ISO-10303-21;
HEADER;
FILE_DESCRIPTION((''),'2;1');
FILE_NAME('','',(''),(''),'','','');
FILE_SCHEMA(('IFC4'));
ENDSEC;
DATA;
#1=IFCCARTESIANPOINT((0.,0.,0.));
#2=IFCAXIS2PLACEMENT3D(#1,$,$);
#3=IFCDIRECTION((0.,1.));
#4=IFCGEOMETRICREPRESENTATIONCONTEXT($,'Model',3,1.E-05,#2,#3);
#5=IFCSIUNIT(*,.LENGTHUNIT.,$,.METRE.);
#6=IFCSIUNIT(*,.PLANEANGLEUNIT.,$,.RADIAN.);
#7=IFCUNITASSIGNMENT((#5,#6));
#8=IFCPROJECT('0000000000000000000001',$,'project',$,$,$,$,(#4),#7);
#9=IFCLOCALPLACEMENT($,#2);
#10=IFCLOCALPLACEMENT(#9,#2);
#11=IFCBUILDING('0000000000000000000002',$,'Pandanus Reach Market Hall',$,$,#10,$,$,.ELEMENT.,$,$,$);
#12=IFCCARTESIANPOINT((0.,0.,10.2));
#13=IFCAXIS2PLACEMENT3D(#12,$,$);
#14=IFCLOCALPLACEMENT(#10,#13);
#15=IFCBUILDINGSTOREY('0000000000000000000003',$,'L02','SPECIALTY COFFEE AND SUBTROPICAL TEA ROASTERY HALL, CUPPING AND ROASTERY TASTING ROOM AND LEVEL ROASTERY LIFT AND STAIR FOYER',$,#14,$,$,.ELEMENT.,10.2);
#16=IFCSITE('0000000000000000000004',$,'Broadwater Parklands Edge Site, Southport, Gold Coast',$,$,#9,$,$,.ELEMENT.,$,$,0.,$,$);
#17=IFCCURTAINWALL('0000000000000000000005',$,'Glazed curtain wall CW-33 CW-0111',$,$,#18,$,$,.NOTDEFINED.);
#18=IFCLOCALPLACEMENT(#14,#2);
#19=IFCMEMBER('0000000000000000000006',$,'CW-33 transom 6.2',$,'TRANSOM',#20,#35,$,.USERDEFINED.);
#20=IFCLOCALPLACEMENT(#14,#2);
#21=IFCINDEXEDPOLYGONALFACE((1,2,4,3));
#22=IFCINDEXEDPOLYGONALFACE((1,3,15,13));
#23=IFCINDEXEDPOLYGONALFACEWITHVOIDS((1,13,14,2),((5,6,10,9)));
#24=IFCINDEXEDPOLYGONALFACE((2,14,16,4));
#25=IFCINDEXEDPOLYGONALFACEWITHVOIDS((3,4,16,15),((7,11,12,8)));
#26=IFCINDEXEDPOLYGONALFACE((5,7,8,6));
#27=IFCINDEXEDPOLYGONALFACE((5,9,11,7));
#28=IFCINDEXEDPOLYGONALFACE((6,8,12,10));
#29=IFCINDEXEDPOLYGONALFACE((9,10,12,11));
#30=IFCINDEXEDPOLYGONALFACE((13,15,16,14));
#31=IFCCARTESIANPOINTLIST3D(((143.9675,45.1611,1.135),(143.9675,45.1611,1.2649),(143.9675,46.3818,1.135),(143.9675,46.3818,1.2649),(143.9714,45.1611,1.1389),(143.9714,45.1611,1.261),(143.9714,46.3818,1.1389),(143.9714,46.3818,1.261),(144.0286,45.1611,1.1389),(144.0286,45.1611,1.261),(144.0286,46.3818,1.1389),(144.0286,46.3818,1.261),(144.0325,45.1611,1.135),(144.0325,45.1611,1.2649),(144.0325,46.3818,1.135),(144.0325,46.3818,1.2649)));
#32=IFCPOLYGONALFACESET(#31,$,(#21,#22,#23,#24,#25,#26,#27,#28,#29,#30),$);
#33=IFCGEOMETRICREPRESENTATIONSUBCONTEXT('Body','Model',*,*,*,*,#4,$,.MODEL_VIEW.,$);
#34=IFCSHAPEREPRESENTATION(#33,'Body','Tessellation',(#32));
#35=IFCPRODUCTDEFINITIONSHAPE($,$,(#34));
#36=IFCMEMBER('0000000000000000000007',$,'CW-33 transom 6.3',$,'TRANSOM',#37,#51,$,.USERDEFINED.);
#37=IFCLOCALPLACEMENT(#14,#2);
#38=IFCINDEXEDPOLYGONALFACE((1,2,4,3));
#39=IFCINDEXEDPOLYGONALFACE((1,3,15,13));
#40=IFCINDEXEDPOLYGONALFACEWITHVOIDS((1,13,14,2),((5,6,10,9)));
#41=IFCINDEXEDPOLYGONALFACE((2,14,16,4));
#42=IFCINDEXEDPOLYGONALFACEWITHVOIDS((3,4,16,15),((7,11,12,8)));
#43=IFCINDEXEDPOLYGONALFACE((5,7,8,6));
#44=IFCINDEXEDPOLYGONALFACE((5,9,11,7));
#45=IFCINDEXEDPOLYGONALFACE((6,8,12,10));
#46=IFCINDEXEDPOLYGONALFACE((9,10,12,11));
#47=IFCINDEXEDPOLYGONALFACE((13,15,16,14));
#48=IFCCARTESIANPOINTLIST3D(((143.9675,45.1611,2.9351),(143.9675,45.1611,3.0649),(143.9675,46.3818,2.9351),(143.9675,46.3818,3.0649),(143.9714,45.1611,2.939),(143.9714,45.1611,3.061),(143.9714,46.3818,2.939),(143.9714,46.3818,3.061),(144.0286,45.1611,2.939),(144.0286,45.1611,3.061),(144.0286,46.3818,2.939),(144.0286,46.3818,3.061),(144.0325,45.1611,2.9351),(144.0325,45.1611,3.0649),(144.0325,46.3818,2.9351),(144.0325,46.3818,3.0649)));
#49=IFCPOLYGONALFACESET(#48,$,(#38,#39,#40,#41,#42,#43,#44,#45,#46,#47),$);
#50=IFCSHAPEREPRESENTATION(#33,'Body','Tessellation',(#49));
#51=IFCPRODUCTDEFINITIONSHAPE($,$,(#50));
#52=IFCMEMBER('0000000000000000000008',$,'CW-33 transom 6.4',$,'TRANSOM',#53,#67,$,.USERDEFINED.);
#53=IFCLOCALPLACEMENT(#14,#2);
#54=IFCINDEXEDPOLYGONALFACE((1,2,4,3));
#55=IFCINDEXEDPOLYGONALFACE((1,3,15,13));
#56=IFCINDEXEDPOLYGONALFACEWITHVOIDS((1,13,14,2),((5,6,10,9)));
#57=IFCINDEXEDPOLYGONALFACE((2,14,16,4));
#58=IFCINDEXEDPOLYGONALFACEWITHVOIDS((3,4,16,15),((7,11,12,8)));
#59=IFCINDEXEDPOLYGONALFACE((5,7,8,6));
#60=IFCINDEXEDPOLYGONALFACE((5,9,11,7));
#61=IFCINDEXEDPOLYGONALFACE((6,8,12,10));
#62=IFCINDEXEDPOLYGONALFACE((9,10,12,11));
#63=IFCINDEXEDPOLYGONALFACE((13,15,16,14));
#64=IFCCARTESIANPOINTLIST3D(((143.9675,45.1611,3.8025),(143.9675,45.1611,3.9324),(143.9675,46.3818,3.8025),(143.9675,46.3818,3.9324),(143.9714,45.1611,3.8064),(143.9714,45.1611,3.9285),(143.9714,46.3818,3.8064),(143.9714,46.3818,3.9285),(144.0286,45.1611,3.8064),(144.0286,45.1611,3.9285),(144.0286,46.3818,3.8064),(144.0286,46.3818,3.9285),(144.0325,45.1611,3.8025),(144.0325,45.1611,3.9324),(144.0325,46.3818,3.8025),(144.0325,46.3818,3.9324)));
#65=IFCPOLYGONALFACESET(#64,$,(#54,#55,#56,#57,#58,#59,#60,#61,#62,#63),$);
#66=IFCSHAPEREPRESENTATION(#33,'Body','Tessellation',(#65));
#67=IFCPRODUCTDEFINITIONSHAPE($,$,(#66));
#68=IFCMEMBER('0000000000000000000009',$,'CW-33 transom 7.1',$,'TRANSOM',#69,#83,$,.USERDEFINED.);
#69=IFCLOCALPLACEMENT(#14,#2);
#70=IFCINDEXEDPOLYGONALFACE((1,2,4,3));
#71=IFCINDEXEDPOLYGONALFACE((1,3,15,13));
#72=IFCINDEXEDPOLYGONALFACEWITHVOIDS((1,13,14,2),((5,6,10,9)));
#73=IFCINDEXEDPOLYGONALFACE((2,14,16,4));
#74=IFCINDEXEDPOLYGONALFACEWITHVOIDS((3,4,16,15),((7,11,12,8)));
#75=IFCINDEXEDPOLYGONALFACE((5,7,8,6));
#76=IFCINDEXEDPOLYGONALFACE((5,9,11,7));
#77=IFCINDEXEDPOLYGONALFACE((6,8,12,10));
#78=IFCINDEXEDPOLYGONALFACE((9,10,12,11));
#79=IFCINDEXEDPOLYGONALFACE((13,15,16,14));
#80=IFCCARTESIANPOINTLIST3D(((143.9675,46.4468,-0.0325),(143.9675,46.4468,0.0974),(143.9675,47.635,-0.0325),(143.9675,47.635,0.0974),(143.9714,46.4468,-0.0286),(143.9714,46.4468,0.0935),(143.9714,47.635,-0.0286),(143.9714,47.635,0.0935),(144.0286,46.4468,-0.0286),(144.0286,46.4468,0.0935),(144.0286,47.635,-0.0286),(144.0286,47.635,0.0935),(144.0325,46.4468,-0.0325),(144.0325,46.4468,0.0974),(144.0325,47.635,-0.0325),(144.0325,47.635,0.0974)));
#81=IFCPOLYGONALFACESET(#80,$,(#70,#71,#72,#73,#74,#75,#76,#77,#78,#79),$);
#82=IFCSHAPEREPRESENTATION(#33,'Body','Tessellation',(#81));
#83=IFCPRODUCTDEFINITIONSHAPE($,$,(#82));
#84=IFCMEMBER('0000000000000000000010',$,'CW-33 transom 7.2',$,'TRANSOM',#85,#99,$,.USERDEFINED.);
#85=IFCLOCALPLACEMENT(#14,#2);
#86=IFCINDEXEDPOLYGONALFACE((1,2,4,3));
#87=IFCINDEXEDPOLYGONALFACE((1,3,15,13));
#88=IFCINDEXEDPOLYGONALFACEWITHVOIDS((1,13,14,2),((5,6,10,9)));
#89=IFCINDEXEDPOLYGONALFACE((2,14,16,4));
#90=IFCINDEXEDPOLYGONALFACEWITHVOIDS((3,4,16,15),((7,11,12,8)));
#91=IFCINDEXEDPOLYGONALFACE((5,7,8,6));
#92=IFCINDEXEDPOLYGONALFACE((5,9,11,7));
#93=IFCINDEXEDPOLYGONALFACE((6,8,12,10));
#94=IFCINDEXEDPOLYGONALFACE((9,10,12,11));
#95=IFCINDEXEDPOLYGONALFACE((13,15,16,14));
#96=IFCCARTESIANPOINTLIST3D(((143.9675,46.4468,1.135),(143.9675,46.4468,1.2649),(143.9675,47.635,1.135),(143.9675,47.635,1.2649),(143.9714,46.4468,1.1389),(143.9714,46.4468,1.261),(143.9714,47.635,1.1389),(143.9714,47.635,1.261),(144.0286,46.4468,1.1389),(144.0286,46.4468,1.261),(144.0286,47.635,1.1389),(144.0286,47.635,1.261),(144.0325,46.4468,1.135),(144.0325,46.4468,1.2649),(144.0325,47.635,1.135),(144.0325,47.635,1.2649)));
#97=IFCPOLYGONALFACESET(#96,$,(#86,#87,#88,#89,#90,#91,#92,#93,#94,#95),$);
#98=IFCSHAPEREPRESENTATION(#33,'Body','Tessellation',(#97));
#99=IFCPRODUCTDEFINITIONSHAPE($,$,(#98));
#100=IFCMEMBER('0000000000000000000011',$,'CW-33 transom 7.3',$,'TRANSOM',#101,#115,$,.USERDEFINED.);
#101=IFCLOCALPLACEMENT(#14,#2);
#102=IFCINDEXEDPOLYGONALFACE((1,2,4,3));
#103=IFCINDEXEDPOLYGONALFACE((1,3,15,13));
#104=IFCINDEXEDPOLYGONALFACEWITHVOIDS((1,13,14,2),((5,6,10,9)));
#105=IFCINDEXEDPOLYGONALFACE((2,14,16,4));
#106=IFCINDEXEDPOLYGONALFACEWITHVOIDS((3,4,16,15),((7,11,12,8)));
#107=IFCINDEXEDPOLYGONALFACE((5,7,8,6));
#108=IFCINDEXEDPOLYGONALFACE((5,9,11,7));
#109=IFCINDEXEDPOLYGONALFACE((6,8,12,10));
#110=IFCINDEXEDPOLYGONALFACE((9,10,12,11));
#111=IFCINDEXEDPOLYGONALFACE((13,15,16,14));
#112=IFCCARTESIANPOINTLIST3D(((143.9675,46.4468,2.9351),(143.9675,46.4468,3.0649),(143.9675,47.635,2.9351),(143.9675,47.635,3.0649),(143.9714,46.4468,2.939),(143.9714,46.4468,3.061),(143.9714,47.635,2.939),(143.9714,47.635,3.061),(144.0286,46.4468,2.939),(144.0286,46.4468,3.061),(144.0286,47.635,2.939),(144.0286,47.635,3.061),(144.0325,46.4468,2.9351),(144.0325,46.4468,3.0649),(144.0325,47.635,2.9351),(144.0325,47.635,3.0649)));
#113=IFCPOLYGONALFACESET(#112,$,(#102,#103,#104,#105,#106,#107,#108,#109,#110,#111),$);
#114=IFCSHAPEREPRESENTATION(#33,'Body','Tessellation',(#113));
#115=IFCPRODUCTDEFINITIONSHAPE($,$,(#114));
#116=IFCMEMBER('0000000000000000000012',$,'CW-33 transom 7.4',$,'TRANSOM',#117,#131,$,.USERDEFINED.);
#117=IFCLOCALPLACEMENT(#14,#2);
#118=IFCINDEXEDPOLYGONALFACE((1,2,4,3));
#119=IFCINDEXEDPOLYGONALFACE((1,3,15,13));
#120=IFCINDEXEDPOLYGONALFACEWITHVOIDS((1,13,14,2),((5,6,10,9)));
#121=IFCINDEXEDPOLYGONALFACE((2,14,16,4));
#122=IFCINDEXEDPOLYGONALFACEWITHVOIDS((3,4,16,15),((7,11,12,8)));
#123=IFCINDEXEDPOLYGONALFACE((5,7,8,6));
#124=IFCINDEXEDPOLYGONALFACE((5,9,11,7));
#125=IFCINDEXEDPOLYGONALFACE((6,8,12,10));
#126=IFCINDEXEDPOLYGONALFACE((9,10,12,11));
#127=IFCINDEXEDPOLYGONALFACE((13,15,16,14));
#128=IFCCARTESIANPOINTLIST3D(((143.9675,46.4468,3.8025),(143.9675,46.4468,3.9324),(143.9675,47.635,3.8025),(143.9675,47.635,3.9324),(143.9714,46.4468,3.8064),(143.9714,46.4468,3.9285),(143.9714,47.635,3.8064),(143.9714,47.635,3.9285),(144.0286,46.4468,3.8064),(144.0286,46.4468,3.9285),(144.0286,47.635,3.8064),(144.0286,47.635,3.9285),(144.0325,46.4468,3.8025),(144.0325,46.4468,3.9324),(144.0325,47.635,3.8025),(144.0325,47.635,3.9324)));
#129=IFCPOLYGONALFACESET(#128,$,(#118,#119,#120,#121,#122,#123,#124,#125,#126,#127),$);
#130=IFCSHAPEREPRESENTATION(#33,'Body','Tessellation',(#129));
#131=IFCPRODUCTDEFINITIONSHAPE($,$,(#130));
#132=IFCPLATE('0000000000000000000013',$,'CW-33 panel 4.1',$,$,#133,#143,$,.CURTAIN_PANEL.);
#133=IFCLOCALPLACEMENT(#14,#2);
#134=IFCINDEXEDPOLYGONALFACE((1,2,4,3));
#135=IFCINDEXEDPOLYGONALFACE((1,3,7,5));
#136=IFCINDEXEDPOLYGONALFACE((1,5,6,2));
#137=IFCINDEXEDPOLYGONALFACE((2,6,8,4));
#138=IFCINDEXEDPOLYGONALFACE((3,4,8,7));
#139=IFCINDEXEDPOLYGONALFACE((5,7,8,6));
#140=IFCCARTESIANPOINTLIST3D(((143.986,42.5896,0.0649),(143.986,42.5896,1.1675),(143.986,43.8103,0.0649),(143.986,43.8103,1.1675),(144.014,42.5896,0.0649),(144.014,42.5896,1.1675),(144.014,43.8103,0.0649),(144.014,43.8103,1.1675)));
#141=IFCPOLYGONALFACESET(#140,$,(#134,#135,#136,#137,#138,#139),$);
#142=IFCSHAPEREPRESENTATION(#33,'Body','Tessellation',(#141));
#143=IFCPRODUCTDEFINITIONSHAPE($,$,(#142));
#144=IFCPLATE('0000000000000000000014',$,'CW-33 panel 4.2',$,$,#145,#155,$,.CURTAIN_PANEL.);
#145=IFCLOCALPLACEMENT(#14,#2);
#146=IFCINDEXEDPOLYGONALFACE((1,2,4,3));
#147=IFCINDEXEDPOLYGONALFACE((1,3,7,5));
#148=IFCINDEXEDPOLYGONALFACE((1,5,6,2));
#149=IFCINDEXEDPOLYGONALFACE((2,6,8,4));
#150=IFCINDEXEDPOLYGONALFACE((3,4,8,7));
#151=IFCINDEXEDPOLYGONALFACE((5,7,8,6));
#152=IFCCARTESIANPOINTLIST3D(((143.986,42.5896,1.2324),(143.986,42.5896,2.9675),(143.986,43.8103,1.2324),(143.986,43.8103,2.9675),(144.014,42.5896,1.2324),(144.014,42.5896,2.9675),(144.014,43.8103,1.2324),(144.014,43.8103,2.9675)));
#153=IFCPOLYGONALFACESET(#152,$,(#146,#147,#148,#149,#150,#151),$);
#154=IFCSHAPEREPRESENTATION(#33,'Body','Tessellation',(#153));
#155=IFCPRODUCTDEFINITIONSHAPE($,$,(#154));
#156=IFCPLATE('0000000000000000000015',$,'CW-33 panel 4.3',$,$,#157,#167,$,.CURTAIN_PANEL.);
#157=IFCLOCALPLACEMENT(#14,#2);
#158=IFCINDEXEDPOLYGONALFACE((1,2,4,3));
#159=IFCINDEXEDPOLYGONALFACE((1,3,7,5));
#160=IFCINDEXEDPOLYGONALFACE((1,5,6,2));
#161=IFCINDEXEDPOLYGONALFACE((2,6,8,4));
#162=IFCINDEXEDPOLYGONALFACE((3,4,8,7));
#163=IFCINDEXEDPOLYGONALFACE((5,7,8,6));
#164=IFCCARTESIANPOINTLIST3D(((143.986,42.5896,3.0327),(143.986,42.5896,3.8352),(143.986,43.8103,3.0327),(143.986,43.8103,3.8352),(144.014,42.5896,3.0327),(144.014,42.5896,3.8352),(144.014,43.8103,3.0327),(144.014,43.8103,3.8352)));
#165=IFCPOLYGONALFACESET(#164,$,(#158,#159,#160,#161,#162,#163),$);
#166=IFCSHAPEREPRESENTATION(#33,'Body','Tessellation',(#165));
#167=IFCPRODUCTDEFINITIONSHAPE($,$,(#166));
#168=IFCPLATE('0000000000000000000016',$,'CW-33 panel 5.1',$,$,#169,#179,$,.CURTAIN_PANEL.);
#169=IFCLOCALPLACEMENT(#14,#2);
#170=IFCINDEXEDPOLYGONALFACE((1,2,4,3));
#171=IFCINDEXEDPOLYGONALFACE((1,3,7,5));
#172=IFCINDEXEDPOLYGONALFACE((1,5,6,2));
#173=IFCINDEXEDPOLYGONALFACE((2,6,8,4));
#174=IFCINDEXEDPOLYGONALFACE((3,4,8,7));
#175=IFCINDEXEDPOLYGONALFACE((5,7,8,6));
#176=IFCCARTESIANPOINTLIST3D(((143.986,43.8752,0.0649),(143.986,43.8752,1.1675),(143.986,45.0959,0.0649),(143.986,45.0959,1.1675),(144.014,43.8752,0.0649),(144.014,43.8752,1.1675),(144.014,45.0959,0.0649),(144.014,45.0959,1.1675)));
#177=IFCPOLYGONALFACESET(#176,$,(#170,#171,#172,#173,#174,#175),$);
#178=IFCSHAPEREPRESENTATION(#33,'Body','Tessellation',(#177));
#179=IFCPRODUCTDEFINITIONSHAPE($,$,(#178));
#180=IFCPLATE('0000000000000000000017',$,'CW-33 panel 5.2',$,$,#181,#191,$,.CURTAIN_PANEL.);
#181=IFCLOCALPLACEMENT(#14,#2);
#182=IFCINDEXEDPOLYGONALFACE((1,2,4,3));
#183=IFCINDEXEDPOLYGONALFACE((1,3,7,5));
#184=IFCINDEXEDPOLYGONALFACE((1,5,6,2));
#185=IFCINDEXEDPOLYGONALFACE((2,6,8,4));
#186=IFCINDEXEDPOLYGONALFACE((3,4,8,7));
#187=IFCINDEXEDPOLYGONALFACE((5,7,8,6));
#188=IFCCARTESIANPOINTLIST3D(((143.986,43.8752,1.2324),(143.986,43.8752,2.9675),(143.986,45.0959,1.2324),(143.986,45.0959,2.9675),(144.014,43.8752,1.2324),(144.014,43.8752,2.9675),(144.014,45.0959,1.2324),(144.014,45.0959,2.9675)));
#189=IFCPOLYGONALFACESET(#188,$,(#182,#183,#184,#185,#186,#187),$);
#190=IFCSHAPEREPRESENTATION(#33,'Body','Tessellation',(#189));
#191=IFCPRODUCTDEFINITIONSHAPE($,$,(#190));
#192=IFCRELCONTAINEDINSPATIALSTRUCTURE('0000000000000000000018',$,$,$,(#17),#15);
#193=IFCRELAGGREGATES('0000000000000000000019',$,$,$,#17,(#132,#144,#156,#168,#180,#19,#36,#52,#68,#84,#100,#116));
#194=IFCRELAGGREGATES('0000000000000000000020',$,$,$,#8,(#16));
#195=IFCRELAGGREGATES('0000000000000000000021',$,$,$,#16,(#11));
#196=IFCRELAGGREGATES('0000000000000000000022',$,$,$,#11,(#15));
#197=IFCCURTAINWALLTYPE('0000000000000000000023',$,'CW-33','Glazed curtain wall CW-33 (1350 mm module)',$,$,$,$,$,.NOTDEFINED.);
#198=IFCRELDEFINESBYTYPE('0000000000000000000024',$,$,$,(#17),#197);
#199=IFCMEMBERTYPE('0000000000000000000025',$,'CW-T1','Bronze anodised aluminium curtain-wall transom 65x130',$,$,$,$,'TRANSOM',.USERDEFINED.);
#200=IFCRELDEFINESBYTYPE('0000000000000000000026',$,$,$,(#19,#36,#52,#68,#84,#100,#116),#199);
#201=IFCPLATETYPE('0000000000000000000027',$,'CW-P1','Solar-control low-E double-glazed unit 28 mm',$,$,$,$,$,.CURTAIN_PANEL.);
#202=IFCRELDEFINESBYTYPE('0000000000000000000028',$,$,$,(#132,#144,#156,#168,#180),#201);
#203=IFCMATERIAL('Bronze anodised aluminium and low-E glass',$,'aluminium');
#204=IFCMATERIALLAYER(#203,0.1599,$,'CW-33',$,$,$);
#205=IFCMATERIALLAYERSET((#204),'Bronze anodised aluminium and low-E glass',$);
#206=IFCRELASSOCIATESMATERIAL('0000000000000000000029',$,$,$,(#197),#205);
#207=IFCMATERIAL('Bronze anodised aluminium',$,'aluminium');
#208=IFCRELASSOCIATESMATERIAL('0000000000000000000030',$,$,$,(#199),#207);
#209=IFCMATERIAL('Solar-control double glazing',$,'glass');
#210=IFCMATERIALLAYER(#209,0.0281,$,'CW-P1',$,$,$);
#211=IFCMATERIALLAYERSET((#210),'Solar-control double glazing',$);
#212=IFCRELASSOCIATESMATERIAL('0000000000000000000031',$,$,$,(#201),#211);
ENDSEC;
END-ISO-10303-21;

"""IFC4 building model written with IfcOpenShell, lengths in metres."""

from ifc_helpers import new_model, si_unit, direction, frame, origin, origin_2d, place, context, subcontext, project, spatial, rectangle, hollow_rectangle, extrude, material, layer, layer_set, material_profile, profile_set, type_object, element, aggregate, save


model = new_model("IFC4")

# Units and contexts
model_context = context("Model", 3, precision=1e-05, world=origin(), true_north=direction((0.0, 1.0)))
body_context = subcontext(model_context, "Body", "Model", "MODEL_VIEW")
ifc_project = project(units=[si_unit("LENGTHUNIT", "METRE"), si_unit("PLANEANGLEUNIT", "RADIAN")], contexts=[model_context])

# Site, building, storey
site_placement = place(None, origin())
site = spatial("IfcSite", under=ifc_project, at=site_placement, Name="Broadwater Parklands Edge Site, Southport, Gold Coast", CompositionType="ELEMENT", RefElevation=0.0)
building_placement = place(site_placement, origin())
building = spatial("IfcBuilding", under=site, at=building_placement, Name="Pandanus Reach Market Hall", CompositionType="ELEMENT")
storey_placement = place(building_placement, frame((0.0, 0.0, 10.2)))
storey = spatial("IfcBuildingStorey", under=building, at=storey_placement, Name="L02", Description="SPECIALTY COFFEE AND SUBTROPICAL TEA ROASTERY HALL, CUPPING AND ROASTERY TASTING ROOM AND LEVEL ROASTERY LIFT AND STAIR FOYER", CompositionType="ELEMENT", Elevation=10.2)

# Curtain wall, members, plates
ifc_material_1 = material(Name="Bronze anodised aluminium and low-E glass", Category="aluminium")
ifc_layer_1 = layer(ifc_material_1, 0.1599, Name="CW-33")
ifc_layer_set_1 = layer_set([ifc_layer_1], Name="Bronze anodised aluminium and low-E glass")
curtain_wall_type = type_object("IfcCurtainWallType", Name="CW-33", Description="Glazed curtain wall CW-33 (1350 mm module)", PredefinedType="NOTDEFINED", material=ifc_layer_set_1)
curtain_wall_placement = place(storey_placement, origin())
curtain_wall = element("IfcCurtainWall", 1, at=curtain_wall_placement, inside=storey, type_object=curtain_wall_type, Name="Glazed curtain wall CW-33 CW-0111", PredefinedType="NOTDEFINED")
ifc_material_2 = material(Name="Bronze anodised aluminium", Category="aluminium")
ifc_material_profile_1 = material_profile(ifc_material_2, hollow_rectangle(XDim=0.0649, YDim=0.1299, WallThickness=0.0039, at=origin_2d()), Name="ALU65x130", Category="LoadBearing")
ifc_profile_set_1 = profile_set([ifc_material_profile_1], Name="Bronze anodised aluminium")
member_type_1 = type_object("IfcMemberType", Name="CW-T1", Description="Bronze anodised aluminium curtain-wall transom 65x130", ElementType="TRANSOM", PredefinedType="USERDEFINED", material=ifc_profile_set_1)
member_1_placement = place(storey_placement, frame((144.0, 45.1611, 1.2), z_axis=(0.0, 1.0, 0.0), x_axis=(-1.0, 0.0, 0.0)))
member_1 = element("IfcMember", 2, at=member_1_placement, type_object=member_type_1, Name="CW-33 transom 6.2", ObjectType="TRANSOM", PredefinedType="USERDEFINED", context=body_context, shape_type="SweptSolid", body=[
    extrude(hollow_rectangle(XDim=0.0649, YDim=0.1299, WallThickness=0.0039, at=origin_2d()), origin(), (0.0, 0.0, 1.0), 1.2207),
])
member_2_placement = place(storey_placement, frame((144.0, 45.1611, 3.0), z_axis=(0.0, 1.0, 0.0), x_axis=(-1.0, 0.0, 0.0)))
member_2 = element("IfcMember", 3, at=member_2_placement, type_object=member_type_1, Name="CW-33 transom 6.3", ObjectType="TRANSOM", PredefinedType="USERDEFINED", context=body_context, shape_type="SweptSolid", body=[
    extrude(hollow_rectangle(XDim=0.0649, YDim=0.1299, WallThickness=0.0039, at=origin_2d()), origin(), (0.0, 0.0, 1.0), 1.2207),
])
member_3_placement = place(storey_placement, frame((144.0, 45.1611, 3.8674), z_axis=(0.0, 1.0, 0.0), x_axis=(-1.0, 0.0, 0.0)))
member_3 = element("IfcMember", 4, at=member_3_placement, type_object=member_type_1, Name="CW-33 transom 6.4", ObjectType="TRANSOM", PredefinedType="USERDEFINED", context=body_context, shape_type="SweptSolid", body=[
    extrude(hollow_rectangle(XDim=0.0649, YDim=0.1299, WallThickness=0.0039, at=origin_2d()), origin(), (0.0, 0.0, 1.0), 1.2207),
])
member_4_placement = place(storey_placement, frame((144.0, 46.4468, 0.0325), z_axis=(0.0, 1.0, 0.0), x_axis=(-1.0, 0.0, 0.0)))
member_4 = element("IfcMember", 5, at=member_4_placement, type_object=member_type_1, Name="CW-33 transom 7.1", ObjectType="TRANSOM", PredefinedType="USERDEFINED", context=body_context, shape_type="SweptSolid", body=[
    extrude(hollow_rectangle(XDim=0.0649, YDim=0.1299, WallThickness=0.0039, at=origin_2d()), origin(), (0.0, 0.0, 1.0), 1.1882),
])
member_5_placement = place(storey_placement, frame((144.0, 46.4468, 1.2), z_axis=(0.0, 1.0, 0.0), x_axis=(-1.0, 0.0, 0.0)))
member_5 = element("IfcMember", 6, at=member_5_placement, type_object=member_type_1, Name="CW-33 transom 7.2", ObjectType="TRANSOM", PredefinedType="USERDEFINED", context=body_context, shape_type="SweptSolid", body=[
    extrude(hollow_rectangle(XDim=0.0649, YDim=0.1299, WallThickness=0.0039, at=origin_2d()), origin(), (0.0, 0.0, 1.0), 1.1882),
])
member_6_placement = place(storey_placement, frame((144.0, 46.4468, 3.0), z_axis=(0.0, 1.0, 0.0), x_axis=(-1.0, 0.0, 0.0)))
member_6 = element("IfcMember", 7, at=member_6_placement, type_object=member_type_1, Name="CW-33 transom 7.3", ObjectType="TRANSOM", PredefinedType="USERDEFINED", context=body_context, shape_type="SweptSolid", body=[
    extrude(hollow_rectangle(XDim=0.0649, YDim=0.1299, WallThickness=0.0039, at=origin_2d()), origin(), (0.0, 0.0, 1.0), 1.1882),
])
member_7_placement = place(storey_placement, frame((144.0, 46.4468, 3.8674), z_axis=(0.0, 1.0, 0.0), x_axis=(-1.0, 0.0, 0.0)))
member_7 = element("IfcMember", 8, at=member_7_placement, type_object=member_type_1, Name="CW-33 transom 7.4", ObjectType="TRANSOM", PredefinedType="USERDEFINED", context=body_context, shape_type="SweptSolid", body=[
    extrude(hollow_rectangle(XDim=0.0649, YDim=0.1299, WallThickness=0.0039, at=origin_2d()), origin(), (0.0, 0.0, 1.0), 1.1882),
])
ifc_material_3 = material(Name="Solar-control double glazing", Category="glass")
ifc_layer_2 = layer(ifc_material_3, 0.0281, Name="CW-P1")
ifc_layer_set_2 = layer_set([ifc_layer_2], Name="Solar-control double glazing")
plate_type = type_object("IfcPlateType", Name="CW-P1", Description="Solar-control low-E double-glazed unit 28 mm", PredefinedType="CURTAIN_PANEL", material=ifc_layer_set_2)
plate_1_placement = place(storey_placement, frame((144.0, 43.2, 0.0649), z_axis=(0.0, 0.0, 1.0), x_axis=(0.0, 1.0, 0.0)))
plate_1 = element("IfcPlate", 9, at=plate_1_placement, type_object=plate_type, Name="CW-33 panel 4.1", PredefinedType="CURTAIN_PANEL", context=body_context, shape_type="SweptSolid", body=[
    extrude(rectangle(XDim=1.2207, YDim=0.0281, at=origin_2d()), origin(), (0.0, 0.0, 1.0), 1.1025),
])
plate_2_placement = place(storey_placement, frame((144.0, 43.2, 1.2324), z_axis=(0.0, 0.0, 1.0), x_axis=(0.0, 1.0, 0.0)))
plate_2 = element("IfcPlate", 10, at=plate_2_placement, type_object=plate_type, Name="CW-33 panel 4.2", PredefinedType="CURTAIN_PANEL", context=body_context, shape_type="SweptSolid", body=[
    extrude(rectangle(XDim=1.2207, YDim=0.0281, at=origin_2d()), origin(), (0.0, 0.0, 1.0), 1.7351),
])
plate_3_placement = place(storey_placement, frame((144.0, 43.2, 3.0327), z_axis=(0.0, 0.0, 1.0), x_axis=(0.0, 1.0, 0.0)))
plate_3 = element("IfcPlate", 11, at=plate_3_placement, type_object=plate_type, Name="CW-33 panel 4.3", PredefinedType="CURTAIN_PANEL", context=body_context, shape_type="SweptSolid", body=[
    extrude(rectangle(XDim=1.2207, YDim=0.0281, at=origin_2d()), origin(), (0.0, 0.0, 1.0), 0.8025),
])
plate_4_placement = place(storey_placement, frame((144.0, 44.4856, 0.0649), z_axis=(0.0, 0.0, 1.0), x_axis=(0.0, 1.0, 0.0)))
plate_4 = element("IfcPlate", 12, at=plate_4_placement, type_object=plate_type, Name="CW-33 panel 5.1", PredefinedType="CURTAIN_PANEL", context=body_context, shape_type="SweptSolid", body=[
    extrude(rectangle(XDim=1.2207, YDim=0.0281, at=origin_2d()), origin(), (0.0, 0.0, 1.0), 1.1025),
])
plate_5_placement = place(storey_placement, frame((144.0, 44.4856, 1.2324), z_axis=(0.0, 0.0, 1.0), x_axis=(0.0, 1.0, 0.0)))
plate_5 = element("IfcPlate", 13, at=plate_5_placement, type_object=plate_type, Name="CW-33 panel 5.2", PredefinedType="CURTAIN_PANEL", context=body_context, shape_type="SweptSolid", body=[
    extrude(rectangle(XDim=1.2207, YDim=0.0281, at=origin_2d()), origin(), (0.0, 0.0, 1.0), 1.7351),
])
aggregate(curtain_wall, [plate_1, plate_2, plate_3, plate_4, plate_5, member_1, member_2, member_3, member_4, member_5, member_6, member_7])

save(model, "model.ifc")
